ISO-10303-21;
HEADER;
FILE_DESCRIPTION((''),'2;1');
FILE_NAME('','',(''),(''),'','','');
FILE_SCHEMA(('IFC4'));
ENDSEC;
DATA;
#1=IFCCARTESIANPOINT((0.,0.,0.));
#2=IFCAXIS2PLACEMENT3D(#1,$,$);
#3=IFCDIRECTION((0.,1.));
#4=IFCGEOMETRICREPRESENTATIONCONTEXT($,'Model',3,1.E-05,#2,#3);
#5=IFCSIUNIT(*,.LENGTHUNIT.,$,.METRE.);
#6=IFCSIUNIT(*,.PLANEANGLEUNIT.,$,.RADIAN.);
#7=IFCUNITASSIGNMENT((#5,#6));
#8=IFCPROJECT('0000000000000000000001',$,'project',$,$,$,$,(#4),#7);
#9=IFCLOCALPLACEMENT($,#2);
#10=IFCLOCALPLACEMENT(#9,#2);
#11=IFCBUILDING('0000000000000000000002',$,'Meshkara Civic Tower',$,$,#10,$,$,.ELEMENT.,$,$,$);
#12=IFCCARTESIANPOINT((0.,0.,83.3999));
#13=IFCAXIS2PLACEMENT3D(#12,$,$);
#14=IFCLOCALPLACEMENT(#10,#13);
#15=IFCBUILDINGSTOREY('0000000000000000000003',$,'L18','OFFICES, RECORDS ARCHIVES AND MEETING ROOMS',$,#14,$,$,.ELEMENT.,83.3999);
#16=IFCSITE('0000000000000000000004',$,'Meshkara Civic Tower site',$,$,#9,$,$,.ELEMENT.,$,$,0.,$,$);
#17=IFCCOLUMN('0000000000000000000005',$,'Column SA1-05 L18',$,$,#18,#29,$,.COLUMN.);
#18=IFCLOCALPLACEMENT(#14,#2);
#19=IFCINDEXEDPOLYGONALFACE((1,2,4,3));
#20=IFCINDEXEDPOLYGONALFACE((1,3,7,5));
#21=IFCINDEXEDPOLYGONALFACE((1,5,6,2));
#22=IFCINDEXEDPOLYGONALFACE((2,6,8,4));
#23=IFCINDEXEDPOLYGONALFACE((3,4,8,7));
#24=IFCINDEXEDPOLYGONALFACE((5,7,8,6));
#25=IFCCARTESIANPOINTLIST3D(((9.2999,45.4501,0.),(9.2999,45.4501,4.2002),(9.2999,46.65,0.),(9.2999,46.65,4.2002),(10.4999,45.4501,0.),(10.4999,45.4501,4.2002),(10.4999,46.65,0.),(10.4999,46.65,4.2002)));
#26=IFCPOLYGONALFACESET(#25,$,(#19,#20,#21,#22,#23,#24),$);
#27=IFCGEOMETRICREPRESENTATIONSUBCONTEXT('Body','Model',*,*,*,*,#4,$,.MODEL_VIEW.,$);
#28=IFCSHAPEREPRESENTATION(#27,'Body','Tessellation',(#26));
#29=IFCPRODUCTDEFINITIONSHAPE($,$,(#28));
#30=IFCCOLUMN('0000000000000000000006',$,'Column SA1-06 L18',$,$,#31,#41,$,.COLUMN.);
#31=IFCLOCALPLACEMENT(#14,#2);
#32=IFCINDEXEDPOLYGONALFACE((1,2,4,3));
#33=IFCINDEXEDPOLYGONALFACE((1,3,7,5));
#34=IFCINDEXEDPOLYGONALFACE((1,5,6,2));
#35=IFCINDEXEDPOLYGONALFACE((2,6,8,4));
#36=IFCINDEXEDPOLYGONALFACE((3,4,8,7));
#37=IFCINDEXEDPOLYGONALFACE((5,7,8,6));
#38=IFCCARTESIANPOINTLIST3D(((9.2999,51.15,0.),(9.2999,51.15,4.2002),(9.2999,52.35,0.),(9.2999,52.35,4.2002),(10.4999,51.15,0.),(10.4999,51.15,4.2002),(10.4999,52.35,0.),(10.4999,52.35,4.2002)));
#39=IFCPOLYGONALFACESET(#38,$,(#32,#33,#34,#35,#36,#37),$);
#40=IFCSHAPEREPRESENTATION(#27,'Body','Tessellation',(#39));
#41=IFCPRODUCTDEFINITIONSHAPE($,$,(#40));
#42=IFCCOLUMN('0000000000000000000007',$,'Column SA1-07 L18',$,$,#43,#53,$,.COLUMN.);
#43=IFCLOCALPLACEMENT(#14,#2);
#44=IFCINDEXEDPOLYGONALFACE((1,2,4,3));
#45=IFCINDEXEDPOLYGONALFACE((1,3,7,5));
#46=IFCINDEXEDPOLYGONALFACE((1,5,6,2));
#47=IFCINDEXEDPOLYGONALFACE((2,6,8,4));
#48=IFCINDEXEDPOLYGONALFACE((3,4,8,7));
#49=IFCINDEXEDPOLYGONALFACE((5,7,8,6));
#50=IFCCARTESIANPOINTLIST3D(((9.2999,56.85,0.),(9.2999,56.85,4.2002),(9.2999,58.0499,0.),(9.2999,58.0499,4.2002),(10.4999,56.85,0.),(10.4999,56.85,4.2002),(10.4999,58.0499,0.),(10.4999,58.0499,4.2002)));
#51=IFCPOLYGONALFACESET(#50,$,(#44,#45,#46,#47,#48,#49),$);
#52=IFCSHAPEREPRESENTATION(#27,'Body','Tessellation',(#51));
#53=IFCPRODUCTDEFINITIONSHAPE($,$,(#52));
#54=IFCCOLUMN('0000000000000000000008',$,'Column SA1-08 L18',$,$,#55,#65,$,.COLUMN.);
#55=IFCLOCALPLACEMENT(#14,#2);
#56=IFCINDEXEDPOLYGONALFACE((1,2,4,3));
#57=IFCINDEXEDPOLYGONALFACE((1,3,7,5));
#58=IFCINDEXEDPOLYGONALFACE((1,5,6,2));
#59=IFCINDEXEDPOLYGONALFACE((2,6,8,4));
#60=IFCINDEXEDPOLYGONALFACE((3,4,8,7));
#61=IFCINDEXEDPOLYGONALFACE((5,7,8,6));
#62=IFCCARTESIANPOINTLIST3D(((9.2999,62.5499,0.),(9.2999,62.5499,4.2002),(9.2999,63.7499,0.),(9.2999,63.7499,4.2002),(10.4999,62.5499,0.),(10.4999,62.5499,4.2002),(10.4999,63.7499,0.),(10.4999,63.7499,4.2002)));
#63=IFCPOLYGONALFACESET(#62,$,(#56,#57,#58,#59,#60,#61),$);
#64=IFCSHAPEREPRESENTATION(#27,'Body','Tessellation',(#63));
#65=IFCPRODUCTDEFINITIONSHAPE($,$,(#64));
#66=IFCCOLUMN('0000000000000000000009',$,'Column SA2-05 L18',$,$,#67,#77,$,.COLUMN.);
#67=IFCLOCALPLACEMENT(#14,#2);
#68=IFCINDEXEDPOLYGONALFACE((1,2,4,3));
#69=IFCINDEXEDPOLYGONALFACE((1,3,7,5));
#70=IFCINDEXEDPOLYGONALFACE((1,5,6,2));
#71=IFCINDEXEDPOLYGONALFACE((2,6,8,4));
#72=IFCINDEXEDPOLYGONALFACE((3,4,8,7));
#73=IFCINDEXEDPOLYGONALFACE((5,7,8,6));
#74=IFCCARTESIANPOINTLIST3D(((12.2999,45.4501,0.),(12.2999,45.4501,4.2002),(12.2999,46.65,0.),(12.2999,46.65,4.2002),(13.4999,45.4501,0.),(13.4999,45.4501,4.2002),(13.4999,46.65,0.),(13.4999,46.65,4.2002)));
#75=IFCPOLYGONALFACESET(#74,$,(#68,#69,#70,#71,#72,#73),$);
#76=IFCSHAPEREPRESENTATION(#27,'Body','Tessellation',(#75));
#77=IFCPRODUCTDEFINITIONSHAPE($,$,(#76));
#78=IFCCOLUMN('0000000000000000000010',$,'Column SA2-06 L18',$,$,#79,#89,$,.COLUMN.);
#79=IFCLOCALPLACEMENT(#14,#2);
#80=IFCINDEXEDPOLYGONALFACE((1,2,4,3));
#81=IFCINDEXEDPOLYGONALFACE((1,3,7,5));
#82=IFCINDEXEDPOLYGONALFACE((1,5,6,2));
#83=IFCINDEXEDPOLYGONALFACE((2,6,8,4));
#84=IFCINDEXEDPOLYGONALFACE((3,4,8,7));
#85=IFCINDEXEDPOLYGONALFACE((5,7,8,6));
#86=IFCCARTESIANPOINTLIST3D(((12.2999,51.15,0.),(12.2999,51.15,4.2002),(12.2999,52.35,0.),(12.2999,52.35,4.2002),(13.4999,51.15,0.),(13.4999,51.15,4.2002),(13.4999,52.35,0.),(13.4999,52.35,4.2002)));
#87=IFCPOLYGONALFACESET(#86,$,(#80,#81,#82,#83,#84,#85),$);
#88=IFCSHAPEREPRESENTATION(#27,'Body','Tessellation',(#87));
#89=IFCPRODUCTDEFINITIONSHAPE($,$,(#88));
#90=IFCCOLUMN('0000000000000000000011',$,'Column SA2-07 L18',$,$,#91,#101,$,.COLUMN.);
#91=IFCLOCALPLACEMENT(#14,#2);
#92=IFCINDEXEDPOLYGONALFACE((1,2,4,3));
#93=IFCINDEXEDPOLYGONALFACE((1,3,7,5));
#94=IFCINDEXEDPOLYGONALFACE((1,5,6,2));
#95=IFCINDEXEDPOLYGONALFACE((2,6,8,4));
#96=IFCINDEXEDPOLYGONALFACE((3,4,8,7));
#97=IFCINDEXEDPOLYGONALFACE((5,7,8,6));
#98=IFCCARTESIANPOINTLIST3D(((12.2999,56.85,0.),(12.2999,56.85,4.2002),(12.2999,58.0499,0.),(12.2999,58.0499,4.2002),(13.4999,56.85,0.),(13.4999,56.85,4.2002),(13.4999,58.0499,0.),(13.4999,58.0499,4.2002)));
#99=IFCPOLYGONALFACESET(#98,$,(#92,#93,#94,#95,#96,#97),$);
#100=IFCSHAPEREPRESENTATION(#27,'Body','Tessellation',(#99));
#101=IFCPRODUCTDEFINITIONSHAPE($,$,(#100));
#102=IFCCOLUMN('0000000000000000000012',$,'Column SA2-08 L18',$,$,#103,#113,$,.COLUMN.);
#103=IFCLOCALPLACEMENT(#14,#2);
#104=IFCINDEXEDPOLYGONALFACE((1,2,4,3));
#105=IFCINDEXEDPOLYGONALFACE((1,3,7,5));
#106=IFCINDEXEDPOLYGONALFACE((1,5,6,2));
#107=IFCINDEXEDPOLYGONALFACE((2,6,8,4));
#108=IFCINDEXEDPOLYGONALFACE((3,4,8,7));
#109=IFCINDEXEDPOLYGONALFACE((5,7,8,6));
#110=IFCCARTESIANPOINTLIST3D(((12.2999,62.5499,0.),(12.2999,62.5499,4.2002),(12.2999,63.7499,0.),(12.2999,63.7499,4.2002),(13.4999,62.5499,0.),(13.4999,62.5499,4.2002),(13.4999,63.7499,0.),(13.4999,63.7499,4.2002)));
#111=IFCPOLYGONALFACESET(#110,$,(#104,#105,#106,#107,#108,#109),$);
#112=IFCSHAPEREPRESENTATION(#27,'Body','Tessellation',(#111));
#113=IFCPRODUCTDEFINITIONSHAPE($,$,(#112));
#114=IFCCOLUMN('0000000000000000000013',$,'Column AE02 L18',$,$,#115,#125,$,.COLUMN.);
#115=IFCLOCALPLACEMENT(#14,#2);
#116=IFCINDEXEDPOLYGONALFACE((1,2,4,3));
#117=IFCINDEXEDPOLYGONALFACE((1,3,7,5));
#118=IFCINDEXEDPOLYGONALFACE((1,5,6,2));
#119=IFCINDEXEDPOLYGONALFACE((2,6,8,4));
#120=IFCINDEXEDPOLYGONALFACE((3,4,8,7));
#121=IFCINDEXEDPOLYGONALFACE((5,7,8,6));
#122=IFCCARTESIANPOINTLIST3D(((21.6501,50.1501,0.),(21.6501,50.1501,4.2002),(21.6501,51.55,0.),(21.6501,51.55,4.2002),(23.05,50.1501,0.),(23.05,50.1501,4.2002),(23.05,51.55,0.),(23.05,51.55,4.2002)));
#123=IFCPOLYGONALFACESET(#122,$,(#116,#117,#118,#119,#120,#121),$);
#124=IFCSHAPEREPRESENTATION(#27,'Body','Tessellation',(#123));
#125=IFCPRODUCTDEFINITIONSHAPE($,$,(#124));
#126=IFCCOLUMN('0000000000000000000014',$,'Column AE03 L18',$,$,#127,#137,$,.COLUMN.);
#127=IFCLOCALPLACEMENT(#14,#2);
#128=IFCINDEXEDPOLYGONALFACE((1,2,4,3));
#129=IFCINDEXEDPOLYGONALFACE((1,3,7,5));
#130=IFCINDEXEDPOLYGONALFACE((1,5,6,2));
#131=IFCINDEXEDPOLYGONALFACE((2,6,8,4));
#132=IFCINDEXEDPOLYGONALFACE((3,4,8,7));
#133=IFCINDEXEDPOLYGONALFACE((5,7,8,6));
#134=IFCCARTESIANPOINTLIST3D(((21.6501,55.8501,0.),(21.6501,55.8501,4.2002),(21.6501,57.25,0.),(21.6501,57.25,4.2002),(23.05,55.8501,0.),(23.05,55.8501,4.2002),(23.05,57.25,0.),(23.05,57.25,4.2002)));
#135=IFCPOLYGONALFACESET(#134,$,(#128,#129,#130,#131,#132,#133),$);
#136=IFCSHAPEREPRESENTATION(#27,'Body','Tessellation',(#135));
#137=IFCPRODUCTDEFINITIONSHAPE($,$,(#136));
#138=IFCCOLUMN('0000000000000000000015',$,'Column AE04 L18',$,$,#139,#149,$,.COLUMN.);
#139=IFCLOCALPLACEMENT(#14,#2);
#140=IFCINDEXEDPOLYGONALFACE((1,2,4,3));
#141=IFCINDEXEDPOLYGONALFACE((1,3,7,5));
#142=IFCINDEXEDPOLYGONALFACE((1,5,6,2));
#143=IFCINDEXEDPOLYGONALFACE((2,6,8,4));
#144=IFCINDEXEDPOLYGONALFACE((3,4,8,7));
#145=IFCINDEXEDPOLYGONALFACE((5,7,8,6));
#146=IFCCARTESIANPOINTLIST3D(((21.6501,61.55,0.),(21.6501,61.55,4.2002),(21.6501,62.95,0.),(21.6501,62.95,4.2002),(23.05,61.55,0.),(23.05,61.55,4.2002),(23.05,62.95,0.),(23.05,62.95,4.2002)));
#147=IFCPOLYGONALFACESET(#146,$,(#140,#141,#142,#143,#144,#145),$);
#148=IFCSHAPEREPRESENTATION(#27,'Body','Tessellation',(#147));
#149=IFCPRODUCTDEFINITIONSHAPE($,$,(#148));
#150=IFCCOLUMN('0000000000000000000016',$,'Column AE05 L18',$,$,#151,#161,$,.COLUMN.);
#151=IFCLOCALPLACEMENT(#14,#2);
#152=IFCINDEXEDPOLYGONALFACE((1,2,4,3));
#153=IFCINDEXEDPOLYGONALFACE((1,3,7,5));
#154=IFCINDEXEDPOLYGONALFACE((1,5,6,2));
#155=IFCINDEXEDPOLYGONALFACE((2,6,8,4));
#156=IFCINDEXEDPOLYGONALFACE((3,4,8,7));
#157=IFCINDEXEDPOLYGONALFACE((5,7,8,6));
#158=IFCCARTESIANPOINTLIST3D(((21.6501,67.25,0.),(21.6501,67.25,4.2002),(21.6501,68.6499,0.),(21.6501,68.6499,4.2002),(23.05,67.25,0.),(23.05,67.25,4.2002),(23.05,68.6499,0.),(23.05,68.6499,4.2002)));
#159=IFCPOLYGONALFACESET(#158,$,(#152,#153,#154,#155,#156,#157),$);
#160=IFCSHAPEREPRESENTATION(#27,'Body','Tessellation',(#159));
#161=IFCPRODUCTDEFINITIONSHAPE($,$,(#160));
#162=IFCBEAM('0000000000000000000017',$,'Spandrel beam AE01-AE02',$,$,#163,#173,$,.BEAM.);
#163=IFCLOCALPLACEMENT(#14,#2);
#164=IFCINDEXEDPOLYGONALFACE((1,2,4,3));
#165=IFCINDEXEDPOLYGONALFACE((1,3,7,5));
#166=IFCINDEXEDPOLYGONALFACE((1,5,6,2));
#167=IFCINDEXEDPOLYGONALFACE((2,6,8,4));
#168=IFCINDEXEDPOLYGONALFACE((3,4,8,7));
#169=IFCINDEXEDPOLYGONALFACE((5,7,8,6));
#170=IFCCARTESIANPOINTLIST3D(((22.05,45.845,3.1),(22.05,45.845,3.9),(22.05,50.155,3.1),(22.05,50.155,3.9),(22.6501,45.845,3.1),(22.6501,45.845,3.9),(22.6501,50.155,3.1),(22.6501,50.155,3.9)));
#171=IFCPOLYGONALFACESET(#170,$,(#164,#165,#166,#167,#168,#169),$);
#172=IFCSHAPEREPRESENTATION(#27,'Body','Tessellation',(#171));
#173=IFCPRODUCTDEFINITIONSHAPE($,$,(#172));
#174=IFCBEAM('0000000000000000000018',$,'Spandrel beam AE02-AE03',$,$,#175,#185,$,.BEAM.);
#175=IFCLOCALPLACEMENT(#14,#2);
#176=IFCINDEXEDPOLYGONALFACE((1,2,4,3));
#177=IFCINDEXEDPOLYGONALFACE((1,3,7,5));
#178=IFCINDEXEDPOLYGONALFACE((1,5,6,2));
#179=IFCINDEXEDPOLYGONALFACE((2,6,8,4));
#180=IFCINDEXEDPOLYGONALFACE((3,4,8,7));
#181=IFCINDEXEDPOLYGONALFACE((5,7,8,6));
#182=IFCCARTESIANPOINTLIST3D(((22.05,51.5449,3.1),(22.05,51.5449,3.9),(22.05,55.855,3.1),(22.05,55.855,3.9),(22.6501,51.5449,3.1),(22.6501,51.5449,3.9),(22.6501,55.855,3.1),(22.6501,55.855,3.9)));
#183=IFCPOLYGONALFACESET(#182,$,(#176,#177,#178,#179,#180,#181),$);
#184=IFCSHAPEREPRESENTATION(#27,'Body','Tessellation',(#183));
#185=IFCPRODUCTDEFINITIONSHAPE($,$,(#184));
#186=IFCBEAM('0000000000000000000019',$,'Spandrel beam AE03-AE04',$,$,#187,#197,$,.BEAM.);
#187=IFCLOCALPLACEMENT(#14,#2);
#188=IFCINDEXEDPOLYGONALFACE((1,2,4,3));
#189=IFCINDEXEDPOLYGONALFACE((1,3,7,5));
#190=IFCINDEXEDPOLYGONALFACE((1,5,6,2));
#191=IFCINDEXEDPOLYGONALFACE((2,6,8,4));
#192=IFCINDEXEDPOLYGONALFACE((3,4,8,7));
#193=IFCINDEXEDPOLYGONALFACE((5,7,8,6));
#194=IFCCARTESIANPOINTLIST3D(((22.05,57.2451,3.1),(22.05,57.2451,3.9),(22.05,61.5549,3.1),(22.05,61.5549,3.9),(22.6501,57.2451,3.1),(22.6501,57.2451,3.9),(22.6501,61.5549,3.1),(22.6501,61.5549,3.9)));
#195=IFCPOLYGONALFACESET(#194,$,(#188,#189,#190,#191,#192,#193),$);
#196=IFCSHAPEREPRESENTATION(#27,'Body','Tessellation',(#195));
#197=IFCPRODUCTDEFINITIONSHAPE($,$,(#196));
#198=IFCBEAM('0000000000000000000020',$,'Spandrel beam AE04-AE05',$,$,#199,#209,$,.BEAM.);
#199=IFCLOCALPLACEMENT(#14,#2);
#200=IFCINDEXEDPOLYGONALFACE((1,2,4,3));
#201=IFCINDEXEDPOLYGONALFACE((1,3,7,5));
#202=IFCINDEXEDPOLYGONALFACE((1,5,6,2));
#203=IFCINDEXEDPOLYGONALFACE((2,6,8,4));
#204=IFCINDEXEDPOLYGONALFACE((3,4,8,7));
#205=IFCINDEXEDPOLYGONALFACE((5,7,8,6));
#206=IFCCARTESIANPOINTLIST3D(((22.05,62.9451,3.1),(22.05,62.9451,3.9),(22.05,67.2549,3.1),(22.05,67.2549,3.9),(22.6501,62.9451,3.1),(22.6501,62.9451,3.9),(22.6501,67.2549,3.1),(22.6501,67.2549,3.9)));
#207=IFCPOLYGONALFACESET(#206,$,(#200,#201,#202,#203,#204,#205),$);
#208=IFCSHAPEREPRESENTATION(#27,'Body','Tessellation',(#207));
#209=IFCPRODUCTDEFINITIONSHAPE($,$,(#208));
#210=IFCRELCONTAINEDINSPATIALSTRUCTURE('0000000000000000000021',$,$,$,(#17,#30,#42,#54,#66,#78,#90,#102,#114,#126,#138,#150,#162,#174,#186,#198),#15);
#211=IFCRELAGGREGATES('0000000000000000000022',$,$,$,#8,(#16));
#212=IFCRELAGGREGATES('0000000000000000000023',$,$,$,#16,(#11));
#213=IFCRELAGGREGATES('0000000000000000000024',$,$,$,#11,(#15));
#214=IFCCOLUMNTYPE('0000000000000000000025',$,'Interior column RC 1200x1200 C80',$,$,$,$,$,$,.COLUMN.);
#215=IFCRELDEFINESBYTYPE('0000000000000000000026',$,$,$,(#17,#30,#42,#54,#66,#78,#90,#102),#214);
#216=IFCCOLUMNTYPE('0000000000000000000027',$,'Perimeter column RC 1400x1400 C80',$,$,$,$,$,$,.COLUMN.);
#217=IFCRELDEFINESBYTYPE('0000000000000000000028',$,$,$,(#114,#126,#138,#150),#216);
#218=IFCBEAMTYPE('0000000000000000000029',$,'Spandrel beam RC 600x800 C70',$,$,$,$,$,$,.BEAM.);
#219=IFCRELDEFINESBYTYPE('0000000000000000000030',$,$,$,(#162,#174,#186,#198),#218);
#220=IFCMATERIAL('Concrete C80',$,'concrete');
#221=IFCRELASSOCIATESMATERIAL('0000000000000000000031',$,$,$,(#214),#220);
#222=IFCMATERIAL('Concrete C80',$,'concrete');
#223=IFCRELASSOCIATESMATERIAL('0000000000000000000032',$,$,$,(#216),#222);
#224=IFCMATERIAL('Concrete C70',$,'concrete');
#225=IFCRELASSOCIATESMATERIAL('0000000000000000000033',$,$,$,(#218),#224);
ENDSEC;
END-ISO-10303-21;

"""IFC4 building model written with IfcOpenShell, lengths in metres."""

from ifc_helpers import new_model, si_unit, direction, frame, origin, origin_2d, place, context, subcontext, project, spatial, rectangle, extrude, material, material_profile, profile_set, type_object, element, save


model = new_model("IFC4")

# Units and contexts
model_context = context("Model", 3, precision=1e-05, world=origin(), true_north=direction((0.0, 1.0)))
body_context = subcontext(model_context, "Body", "Model", "MODEL_VIEW")
ifc_project = project(units=[si_unit("LENGTHUNIT", "METRE"), si_unit("PLANEANGLEUNIT", "RADIAN")], contexts=[model_context])

# Site, building, storey
site_placement = place(None, origin())
site = spatial("IfcSite", under=ifc_project, at=site_placement, Name="Meshkara Civic Tower site", CompositionType="ELEMENT", RefElevation=0.0)
building_placement = place(site_placement, origin())
building = spatial("IfcBuilding", under=site, at=building_placement, Name="Meshkara Civic Tower", CompositionType="ELEMENT")
storey_placement = place(building_placement, frame((0.0, 0.0, 83.3999)))
storey = spatial("IfcBuildingStorey", under=building, at=storey_placement, Name="L18", Description="OFFICES, RECORDS ARCHIVES AND MEETING ROOMS", CompositionType="ELEMENT", Elevation=83.3999)

# Columns
ifc_material_1 = material(Name="Concrete C80", Category="concrete")
ifc_material_profile_1 = material_profile(ifc_material_1, rectangle(XDim=1.2, YDim=1.2, at=origin_2d()))
ifc_profile_set_1 = profile_set([ifc_material_profile_1], Name="Concrete C80")
column_type_1 = type_object("IfcColumnType", Name="Interior column RC 1200x1200 C80", PredefinedType="COLUMN", material=ifc_profile_set_1)
for number, where, z_axis, x_axis, name in (
    (1, (9.8999, 46.05, 0.0), (0.0, 0.0, 1.0), (1.0, 0.0, 0.0), "Column SA1-05 L18"),
    (2, (9.8999, 51.75, 0.0), (0.0, 0.0, 1.0), (1.0, 0.0, 0.0), "Column SA1-06 L18"),
    (3, (9.8999, 57.45, 0.0), (0.0, 0.0, 1.0), (1.0, 0.0, 0.0), "Column SA1-07 L18"),
    (4, (9.8999, 63.1499, 0.0), (0.0, 0.0, 1.0), (1.0, 0.0, 0.0), "Column SA1-08 L18"),
    (5, (12.8999, 46.05, 0.0), (0.0, 0.0, 1.0), (1.0, 0.0, 0.0), "Column SA2-05 L18"),
    (6, (12.8999, 51.75, 0.0), (0.0, 0.0, 1.0), (1.0, 0.0, 0.0), "Column SA2-06 L18"),
    (7, (12.8999, 57.45, 0.0), (0.0, 0.0, 1.0), (1.0, 0.0, 0.0), "Column SA2-07 L18"),
    (8, (12.8999, 63.1499, 0.0), (0.0, 0.0, 1.0), (1.0, 0.0, 0.0), "Column SA2-08 L18"),
):
    element("IfcColumn", number, at=place(storey_placement, frame(where, z_axis=z_axis, x_axis=x_axis)), inside=storey, type_object=column_type_1, Name=name, PredefinedType="COLUMN", context=body_context, shape_type="SweptSolid", body=[
        extrude(rectangle(XDim=1.2, YDim=1.2, at=origin_2d()), origin(), (0.0, 0.0, 1.0), 4.2002),
    ])
ifc_material_2 = material(Name="Concrete C80", Category="concrete")
ifc_material_profile_2 = material_profile(ifc_material_2, rectangle(XDim=1.3999, YDim=1.3999, at=origin_2d()))
ifc_profile_set_2 = profile_set([ifc_material_profile_2], Name="Concrete C80")
column_type_2 = type_object("IfcColumnType", Name="Perimeter column RC 1400x1400 C80", PredefinedType="COLUMN", material=ifc_profile_set_2)
for number, where, z_axis, x_axis, name in (
    (9, (22.3501, 50.8501, 0.0), (0.0, 0.0, 1.0), (1.0, 0.0, 0.0), "Column AE02 L18"),
    (10, (22.3501, 56.55, 0.0), (0.0, 0.0, 1.0), (1.0, 0.0, 0.0), "Column AE03 L18"),
    (11, (22.3501, 62.25, 0.0), (0.0, 0.0, 1.0), (1.0, 0.0, 0.0), "Column AE04 L18"),
    (12, (22.3501, 67.95, 0.0), (0.0, 0.0, 1.0), (1.0, 0.0, 0.0), "Column AE05 L18"),
):
    element("IfcColumn", number, at=place(storey_placement, frame(where, z_axis=z_axis, x_axis=x_axis)), inside=storey, type_object=column_type_2, Name=name, PredefinedType="COLUMN", context=body_context, shape_type="SweptSolid", body=[
        extrude(rectangle(XDim=1.3999, YDim=1.3999, at=origin_2d()), origin(), (0.0, 0.0, 1.0), 4.2002),
    ])

# Beams
ifc_material_3 = material(Name="Concrete C70", Category="concrete")
ifc_material_profile_3 = material_profile(ifc_material_3, rectangle(XDim=0.6001, YDim=0.8, at=origin_2d()))
ifc_profile_set_3 = profile_set([ifc_material_profile_3], Name="Concrete C70")
beam_type = type_object("IfcBeamType", Name="Spandrel beam RC 600x800 C70", PredefinedType="BEAM", material=ifc_profile_set_3)
for number, where, z_axis, x_axis, name in (
    (13, (22.3501, 45.845, 3.5), (0.0, 1.0, 0.0), (-1.0, 0.0, 0.0), "Spandrel beam AE01-AE02"),
    (14, (22.3501, 51.5449, 3.5), (0.0, 1.0, 0.0), (-1.0, 0.0, 0.0), "Spandrel beam AE02-AE03"),
):
    element("IfcBeam", number, at=place(storey_placement, frame(where, z_axis=z_axis, x_axis=x_axis)), inside=storey, type_object=beam_type, Name=name, PredefinedType="BEAM", context=body_context, shape_type="SweptSolid", body=[
        extrude(rectangle(XDim=0.6001, YDim=0.8, at=origin_2d()), origin(), (0.0, 0.0, 1.0), 4.3101),
    ])
for number, where, z_axis, x_axis, name in (
    (15, (22.3501, 57.2451, 3.5), (0.0, 1.0, 0.0), (-1.0, 0.0, 0.0), "Spandrel beam AE03-AE04"),
    (16, (22.3501, 62.9451, 3.5), (0.0, 1.0, 0.0), (-1.0, 0.0, 0.0), "Spandrel beam AE04-AE05"),
):
    element("IfcBeam", number, at=place(storey_placement, frame(where, z_axis=z_axis, x_axis=x_axis)), inside=storey, type_object=beam_type, Name=name, PredefinedType="BEAM", context=body_context, shape_type="SweptSolid", body=[
        extrude(rectangle(XDim=0.6001, YDim=0.8, at=origin_2d()), origin(), (0.0, 0.0, 1.0), 4.3098),
    ])

save(model, "model.ifc")
